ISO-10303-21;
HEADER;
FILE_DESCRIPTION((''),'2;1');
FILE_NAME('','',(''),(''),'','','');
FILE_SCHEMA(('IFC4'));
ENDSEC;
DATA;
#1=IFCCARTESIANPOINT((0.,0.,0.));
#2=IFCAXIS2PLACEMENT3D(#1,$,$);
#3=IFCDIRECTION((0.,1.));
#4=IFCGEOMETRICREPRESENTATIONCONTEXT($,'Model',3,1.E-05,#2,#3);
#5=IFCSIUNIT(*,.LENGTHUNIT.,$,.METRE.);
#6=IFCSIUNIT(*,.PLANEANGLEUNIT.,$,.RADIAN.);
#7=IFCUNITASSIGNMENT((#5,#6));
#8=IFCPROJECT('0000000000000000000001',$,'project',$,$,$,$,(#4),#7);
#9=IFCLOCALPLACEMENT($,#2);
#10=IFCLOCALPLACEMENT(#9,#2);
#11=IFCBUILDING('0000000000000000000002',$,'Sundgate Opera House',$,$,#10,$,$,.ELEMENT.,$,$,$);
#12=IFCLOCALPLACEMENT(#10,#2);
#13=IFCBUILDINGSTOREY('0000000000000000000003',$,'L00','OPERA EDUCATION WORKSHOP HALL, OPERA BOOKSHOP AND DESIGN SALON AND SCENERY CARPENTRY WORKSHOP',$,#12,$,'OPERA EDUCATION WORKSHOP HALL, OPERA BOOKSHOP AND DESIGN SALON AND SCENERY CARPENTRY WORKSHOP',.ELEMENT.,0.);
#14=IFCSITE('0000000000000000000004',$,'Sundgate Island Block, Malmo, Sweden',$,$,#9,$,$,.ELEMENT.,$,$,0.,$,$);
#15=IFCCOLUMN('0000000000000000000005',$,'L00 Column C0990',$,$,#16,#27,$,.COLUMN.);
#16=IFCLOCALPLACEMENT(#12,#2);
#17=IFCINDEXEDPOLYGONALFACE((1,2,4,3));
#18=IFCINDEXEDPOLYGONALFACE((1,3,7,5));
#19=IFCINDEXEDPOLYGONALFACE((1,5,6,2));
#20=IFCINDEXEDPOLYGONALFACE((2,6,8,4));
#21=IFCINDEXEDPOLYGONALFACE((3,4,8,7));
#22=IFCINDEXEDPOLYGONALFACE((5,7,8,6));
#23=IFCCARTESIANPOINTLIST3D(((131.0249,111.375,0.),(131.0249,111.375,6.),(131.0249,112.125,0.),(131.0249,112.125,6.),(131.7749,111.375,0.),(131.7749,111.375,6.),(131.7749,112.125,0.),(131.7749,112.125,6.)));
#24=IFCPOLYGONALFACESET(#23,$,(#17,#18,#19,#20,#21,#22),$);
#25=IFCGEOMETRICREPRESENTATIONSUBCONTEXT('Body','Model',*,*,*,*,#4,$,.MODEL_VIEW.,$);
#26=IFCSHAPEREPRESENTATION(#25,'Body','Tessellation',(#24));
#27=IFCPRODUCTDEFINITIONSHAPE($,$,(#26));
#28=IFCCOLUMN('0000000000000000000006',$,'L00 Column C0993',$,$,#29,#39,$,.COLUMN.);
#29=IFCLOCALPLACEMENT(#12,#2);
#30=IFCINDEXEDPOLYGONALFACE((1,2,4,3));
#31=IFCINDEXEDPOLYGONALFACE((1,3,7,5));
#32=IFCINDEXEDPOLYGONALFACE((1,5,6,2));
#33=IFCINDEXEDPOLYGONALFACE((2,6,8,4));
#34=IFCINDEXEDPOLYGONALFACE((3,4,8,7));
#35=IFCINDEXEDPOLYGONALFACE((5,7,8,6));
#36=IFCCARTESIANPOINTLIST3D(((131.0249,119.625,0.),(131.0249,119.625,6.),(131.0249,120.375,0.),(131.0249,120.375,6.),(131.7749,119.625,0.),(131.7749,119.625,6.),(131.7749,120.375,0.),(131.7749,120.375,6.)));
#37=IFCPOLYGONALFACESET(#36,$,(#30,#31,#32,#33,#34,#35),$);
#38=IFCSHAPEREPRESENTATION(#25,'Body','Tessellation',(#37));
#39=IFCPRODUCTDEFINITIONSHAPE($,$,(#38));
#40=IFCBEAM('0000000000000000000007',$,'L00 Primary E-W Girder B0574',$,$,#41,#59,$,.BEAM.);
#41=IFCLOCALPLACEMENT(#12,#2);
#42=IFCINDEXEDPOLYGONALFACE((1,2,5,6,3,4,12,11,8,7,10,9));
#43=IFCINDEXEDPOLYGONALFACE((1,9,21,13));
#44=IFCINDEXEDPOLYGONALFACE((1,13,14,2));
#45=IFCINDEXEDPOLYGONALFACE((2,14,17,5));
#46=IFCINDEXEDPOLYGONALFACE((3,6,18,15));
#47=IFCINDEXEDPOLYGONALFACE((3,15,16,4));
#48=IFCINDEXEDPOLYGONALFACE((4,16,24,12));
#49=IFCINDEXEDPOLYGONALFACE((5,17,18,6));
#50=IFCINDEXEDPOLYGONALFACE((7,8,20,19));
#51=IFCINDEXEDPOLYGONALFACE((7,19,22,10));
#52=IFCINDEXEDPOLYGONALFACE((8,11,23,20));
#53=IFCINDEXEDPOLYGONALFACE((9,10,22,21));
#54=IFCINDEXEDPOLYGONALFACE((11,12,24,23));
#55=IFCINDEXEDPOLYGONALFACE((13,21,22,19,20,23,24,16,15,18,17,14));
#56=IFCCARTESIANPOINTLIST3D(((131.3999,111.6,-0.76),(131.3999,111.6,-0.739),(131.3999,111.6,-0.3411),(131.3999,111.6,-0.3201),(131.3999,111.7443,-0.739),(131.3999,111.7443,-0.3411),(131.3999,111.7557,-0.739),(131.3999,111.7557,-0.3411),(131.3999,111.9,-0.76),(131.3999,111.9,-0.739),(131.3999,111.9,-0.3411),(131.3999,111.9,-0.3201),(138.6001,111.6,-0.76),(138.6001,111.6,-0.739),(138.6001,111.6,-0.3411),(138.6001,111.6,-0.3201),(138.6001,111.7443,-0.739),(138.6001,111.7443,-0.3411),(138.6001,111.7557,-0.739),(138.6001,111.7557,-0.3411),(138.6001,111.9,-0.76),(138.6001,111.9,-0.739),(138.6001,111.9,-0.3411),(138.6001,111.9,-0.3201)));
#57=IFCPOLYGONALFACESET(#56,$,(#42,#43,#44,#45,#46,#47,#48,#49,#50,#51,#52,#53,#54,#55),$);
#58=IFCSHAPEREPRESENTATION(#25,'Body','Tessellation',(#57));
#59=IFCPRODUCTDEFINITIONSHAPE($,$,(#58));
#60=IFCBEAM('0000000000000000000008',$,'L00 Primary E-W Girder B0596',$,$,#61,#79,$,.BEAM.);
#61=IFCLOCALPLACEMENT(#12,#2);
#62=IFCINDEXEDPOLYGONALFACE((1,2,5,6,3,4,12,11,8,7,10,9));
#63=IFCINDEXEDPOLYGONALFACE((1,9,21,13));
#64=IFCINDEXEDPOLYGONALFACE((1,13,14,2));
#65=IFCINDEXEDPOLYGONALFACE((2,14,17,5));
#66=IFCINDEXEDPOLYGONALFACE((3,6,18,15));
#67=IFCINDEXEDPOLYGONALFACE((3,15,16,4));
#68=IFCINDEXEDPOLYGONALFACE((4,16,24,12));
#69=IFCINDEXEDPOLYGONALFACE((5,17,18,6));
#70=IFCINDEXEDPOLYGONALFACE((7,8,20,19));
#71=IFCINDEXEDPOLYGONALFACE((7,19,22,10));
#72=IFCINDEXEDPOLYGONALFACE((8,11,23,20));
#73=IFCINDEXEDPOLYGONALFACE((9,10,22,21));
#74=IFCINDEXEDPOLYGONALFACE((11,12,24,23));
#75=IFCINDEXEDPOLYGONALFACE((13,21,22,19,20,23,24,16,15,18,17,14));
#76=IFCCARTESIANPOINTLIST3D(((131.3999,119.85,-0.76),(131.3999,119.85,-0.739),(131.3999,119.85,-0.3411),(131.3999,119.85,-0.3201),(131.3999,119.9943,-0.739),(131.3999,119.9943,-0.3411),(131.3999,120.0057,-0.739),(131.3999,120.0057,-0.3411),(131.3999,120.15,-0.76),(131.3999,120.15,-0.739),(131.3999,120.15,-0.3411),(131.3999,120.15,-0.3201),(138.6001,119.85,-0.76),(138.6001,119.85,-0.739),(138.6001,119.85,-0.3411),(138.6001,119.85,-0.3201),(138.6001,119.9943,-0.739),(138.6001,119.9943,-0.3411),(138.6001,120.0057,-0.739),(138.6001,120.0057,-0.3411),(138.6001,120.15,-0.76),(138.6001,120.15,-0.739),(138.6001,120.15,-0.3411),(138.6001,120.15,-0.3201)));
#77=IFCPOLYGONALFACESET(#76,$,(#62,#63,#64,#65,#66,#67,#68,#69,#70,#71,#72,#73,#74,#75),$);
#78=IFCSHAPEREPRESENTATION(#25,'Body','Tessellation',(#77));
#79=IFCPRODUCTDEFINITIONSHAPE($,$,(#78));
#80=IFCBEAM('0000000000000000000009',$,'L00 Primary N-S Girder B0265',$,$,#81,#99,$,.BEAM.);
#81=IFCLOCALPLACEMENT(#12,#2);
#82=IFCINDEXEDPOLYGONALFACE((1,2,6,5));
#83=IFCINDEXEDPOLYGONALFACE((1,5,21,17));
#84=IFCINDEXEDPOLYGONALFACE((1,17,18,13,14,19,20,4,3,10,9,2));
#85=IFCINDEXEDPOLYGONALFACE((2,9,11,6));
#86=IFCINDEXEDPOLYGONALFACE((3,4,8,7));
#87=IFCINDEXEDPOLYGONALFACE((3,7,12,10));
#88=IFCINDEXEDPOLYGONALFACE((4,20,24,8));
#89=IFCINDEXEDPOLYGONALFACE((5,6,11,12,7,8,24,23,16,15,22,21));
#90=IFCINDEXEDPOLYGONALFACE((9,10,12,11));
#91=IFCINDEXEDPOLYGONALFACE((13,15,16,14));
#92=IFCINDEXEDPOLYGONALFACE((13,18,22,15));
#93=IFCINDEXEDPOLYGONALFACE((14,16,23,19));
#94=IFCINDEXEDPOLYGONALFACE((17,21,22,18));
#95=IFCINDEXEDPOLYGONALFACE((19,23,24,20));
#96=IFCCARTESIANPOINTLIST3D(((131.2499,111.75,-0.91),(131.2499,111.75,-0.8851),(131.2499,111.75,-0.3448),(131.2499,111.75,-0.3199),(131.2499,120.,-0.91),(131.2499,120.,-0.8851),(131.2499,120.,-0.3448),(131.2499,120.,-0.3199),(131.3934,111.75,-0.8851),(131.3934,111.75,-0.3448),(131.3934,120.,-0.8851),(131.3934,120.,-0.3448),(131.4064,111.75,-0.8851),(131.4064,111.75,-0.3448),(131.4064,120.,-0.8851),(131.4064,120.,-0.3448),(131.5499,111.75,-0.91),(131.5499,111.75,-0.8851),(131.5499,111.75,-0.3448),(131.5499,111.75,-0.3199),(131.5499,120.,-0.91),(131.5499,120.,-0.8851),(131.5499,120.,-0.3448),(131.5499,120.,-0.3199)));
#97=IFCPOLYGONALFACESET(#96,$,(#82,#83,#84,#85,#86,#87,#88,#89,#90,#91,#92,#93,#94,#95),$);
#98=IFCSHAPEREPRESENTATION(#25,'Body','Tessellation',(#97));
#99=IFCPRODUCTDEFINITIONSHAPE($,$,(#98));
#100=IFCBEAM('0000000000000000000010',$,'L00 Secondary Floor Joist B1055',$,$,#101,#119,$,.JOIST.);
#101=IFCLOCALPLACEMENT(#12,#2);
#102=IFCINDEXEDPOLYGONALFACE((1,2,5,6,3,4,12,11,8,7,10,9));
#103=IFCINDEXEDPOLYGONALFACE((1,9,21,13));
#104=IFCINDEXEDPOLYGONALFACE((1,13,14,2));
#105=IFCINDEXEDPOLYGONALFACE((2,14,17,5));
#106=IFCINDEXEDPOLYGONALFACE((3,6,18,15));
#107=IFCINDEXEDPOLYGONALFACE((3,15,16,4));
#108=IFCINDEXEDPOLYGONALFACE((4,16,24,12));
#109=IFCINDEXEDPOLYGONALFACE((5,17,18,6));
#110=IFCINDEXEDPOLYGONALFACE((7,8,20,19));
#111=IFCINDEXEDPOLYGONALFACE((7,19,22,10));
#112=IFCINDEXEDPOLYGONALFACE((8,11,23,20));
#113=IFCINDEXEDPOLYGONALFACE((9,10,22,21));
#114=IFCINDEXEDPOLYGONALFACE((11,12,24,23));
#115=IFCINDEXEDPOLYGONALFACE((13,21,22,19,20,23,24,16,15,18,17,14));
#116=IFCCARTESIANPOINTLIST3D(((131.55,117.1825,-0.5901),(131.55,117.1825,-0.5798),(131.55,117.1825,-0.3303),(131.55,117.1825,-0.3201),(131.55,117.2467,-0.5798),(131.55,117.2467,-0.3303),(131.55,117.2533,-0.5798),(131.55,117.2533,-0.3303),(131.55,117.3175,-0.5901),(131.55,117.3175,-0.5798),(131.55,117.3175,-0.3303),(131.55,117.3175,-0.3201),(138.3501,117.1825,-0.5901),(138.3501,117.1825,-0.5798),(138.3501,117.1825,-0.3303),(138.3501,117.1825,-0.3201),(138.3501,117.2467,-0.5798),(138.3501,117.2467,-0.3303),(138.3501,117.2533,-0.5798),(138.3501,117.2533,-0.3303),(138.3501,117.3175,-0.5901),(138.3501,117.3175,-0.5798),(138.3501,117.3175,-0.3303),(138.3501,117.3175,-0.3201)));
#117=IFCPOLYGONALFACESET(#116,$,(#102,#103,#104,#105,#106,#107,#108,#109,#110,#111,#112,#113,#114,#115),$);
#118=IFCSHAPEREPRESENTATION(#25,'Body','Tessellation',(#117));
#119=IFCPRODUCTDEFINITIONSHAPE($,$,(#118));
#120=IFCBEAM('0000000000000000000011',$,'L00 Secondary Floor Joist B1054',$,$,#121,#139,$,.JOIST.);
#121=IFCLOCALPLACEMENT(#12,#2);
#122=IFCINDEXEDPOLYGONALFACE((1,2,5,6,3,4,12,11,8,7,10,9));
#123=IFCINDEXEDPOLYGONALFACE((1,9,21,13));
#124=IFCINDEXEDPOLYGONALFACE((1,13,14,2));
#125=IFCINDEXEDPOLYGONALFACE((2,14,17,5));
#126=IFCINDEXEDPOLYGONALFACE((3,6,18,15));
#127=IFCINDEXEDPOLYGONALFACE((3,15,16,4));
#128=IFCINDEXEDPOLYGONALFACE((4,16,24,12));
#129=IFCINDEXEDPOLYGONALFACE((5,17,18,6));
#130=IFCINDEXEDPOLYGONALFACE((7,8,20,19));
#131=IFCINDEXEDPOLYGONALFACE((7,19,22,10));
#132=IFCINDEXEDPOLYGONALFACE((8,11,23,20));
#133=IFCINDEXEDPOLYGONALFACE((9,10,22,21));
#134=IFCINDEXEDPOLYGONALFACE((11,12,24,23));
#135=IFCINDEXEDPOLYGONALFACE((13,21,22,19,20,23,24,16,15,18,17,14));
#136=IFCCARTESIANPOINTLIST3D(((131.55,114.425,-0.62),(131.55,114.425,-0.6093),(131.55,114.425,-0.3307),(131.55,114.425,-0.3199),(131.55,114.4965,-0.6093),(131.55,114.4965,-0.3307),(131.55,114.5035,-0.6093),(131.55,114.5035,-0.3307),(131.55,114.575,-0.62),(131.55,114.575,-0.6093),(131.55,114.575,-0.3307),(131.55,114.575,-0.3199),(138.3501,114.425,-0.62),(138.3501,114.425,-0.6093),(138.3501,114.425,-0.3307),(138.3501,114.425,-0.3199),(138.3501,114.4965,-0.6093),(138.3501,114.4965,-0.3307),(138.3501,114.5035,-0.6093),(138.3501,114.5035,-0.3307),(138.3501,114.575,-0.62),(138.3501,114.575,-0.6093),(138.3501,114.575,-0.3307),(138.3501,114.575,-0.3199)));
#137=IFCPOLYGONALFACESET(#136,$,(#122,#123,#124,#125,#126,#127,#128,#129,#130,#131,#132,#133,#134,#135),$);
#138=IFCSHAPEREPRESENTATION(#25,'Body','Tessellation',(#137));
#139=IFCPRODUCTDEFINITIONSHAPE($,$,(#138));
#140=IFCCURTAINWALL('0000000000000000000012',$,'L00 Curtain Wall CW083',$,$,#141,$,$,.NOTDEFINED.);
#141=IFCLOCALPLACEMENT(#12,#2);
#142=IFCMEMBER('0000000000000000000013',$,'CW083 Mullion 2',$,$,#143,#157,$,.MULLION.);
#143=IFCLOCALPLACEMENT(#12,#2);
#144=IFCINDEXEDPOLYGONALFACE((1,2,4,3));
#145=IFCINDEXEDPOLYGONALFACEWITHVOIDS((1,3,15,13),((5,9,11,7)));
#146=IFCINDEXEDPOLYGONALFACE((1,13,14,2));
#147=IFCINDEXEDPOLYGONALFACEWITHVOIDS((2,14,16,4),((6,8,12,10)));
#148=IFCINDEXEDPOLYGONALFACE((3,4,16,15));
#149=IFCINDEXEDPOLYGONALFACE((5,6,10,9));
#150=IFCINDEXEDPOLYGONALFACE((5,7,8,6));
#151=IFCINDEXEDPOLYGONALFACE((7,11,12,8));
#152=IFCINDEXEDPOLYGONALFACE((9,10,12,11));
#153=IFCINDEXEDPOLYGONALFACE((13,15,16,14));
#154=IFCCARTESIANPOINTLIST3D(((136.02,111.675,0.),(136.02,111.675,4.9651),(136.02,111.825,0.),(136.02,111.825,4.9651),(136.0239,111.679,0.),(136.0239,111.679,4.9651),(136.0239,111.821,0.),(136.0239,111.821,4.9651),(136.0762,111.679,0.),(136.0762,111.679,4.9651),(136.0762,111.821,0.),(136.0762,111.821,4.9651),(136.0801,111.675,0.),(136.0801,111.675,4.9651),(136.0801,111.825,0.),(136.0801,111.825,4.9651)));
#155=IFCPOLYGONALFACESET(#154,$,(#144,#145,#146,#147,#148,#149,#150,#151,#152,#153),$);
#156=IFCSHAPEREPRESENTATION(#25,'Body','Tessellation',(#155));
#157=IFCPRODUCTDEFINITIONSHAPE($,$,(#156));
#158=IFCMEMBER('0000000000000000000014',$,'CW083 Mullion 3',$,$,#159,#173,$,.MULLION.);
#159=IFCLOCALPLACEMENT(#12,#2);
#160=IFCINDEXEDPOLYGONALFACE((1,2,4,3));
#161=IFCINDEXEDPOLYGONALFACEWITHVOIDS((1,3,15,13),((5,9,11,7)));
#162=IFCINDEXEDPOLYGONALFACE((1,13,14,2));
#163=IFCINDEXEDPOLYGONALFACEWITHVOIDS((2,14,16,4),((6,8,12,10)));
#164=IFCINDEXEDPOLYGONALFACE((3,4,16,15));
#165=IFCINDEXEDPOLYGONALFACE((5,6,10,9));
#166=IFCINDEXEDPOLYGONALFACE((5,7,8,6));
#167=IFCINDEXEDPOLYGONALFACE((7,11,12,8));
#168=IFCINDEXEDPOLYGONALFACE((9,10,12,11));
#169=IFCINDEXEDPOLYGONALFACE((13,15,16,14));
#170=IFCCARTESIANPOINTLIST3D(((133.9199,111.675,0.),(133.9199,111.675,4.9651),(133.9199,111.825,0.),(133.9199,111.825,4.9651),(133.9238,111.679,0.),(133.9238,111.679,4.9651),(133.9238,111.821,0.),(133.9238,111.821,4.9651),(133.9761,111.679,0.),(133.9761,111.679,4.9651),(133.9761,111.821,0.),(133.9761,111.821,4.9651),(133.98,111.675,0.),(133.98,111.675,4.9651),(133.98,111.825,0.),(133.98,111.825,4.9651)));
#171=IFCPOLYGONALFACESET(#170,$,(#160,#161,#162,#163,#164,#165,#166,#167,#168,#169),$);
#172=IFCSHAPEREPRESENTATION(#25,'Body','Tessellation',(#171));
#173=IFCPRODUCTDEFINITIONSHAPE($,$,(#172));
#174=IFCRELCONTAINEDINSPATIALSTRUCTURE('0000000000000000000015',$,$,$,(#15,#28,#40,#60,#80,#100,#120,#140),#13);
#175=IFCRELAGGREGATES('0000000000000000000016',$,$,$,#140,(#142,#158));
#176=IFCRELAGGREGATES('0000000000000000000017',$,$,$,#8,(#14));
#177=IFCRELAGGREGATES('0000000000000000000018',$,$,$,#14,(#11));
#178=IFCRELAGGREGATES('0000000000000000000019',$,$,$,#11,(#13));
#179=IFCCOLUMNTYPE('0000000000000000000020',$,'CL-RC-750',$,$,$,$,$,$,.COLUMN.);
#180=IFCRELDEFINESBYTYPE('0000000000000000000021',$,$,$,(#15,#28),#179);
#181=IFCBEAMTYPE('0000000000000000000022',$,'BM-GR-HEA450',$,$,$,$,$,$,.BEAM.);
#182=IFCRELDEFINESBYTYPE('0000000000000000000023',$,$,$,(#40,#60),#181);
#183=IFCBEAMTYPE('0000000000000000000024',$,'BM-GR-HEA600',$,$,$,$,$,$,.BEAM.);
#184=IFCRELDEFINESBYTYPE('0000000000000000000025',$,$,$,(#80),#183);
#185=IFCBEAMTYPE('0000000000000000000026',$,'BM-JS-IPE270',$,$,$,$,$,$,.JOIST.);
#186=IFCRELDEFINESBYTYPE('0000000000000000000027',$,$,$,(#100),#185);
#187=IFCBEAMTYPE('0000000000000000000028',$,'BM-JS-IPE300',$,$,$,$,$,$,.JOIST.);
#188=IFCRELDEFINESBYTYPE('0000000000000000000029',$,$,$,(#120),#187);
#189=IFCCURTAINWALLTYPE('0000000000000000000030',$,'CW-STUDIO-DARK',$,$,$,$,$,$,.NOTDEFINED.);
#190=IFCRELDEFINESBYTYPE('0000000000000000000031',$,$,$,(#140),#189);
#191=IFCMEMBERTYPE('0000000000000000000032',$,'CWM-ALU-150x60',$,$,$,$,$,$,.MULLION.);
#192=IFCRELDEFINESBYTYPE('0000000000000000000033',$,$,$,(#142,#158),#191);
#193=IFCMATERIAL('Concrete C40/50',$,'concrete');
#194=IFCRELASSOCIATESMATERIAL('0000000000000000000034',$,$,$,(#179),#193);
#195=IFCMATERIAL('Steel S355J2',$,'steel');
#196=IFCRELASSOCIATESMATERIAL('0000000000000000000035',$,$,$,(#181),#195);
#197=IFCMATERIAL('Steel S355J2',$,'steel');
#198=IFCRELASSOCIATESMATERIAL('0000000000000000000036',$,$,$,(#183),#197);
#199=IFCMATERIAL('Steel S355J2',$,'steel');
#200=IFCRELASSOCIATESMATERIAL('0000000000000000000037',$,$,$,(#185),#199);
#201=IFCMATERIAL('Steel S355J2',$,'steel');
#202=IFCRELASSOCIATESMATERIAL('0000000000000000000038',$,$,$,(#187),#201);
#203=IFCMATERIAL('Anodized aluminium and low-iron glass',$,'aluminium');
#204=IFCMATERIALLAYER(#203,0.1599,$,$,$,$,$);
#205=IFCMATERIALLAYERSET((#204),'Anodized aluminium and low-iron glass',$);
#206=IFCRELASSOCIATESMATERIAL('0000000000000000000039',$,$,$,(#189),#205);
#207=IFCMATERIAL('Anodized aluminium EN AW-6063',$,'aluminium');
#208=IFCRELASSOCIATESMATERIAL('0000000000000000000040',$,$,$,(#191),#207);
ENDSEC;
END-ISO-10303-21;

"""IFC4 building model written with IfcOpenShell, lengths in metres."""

from ifc_helpers import new_model, si_unit, direction, frame, origin, origin_2d, place, context, subcontext, project, spatial, rectangle, hollow_rectangle, i_section, extrude, material, layer, layer_set, material_profile, profile_set, type_object, element, aggregate, save


model = new_model("IFC4")

# Units and contexts
model_context = context("Model", 3, precision=1e-05, world=origin(), true_north=direction((0.0, 1.0)))
body_context = subcontext(model_context, "Body", "Model", "MODEL_VIEW")
ifc_project = project(units=[si_unit("LENGTHUNIT", "METRE"), si_unit("PLANEANGLEUNIT", "RADIAN")], contexts=[model_context])

# Site, building, storey
site_placement = place(None, origin())
site = spatial("IfcSite", under=ifc_project, at=site_placement, Name="Sundgate Island Block, Malmo, Sweden", CompositionType="ELEMENT", RefElevation=0.0)
building_placement = place(site_placement, origin())
building = spatial("IfcBuilding", under=site, at=building_placement, Name="Sundgate Opera House", CompositionType="ELEMENT")
storey_placement = place(building_placement, origin())
storey = spatial("IfcBuildingStorey", under=building, at=storey_placement, Name="L00", Description="OPERA EDUCATION WORKSHOP HALL, OPERA BOOKSHOP AND DESIGN SALON AND SCENERY CARPENTRY WORKSHOP", LongName="OPERA EDUCATION WORKSHOP HALL, OPERA BOOKSHOP AND DESIGN SALON AND SCENERY CARPENTRY WORKSHOP", CompositionType="ELEMENT", Elevation=0.0)

# Columns
ifc_material_1 = material(Name="Concrete C40/50", Category="concrete")
ifc_material_profile_1 = material_profile(ifc_material_1, rectangle(XDim=0.75, YDim=0.75, at=origin_2d()), Name="RC 750x750")
ifc_profile_set_1 = profile_set([ifc_material_profile_1], Name="Concrete C40/50")
column_type = type_object("IfcColumnType", Name="CL-RC-750", PredefinedType="COLUMN", material=ifc_profile_set_1)
for number, where, z_axis, x_axis, name in (
    (1, (131.3999, 111.75, 0.0), (0.0, 0.0, 1.0), (1.0, 0.0, 0.0), "L00 Column C0990"),
    (2, (131.3999, 120.0, 0.0), (0.0, 0.0, 1.0), (1.0, 0.0, 0.0), "L00 Column C0993"),
):
    element("IfcColumn", number, at=place(storey_placement, frame(where, z_axis=z_axis, x_axis=x_axis)), inside=storey, type_object=column_type, Name=name, PredefinedType="COLUMN", context=body_context, shape_type="SweptSolid", body=[
        extrude(rectangle(XDim=0.75, YDim=0.75, at=origin_2d()), origin(), (0.0, 0.0, 1.0), 6.0),
    ])

# Beams
ifc_material_2 = material(Name="Steel S355J2", Category="steel")
ifc_material_profile_2 = material_profile(ifc_material_2, i_section(OverallWidth=0.3, OverallDepth=0.4399, WebThickness=0.0115, FlangeThickness=0.021, at=origin_2d()), Name="HEA 450")
ifc_profile_set_2 = profile_set([ifc_material_profile_2], Name="Steel S355J2")
beam_type_1 = type_object("IfcBeamType", Name="BM-GR-HEA450", PredefinedType="BEAM", material=ifc_profile_set_2)
for number, where, z_axis, x_axis, name in (
    (3, (131.3999, 111.75, -0.54), (1.0, 0.0, 0.0), (0.0, 1.0, 0.0), "L00 Primary E-W Girder B0574"),
    (4, (131.3999, 120.0, -0.54), (1.0, 0.0, 0.0), (0.0, 1.0, 0.0), "L00 Primary E-W Girder B0596"),
):
    element("IfcBeam", number, at=place(storey_placement, frame(where, z_axis=z_axis, x_axis=x_axis)), inside=storey, type_object=beam_type_1, Name=name, PredefinedType="BEAM", context=body_context, shape_type="SweptSolid", body=[
        extrude(i_section(OverallWidth=0.3, OverallDepth=0.4399, WebThickness=0.0115, FlangeThickness=0.021, at=origin_2d()), origin(), (0.0, 0.0, 1.0), 7.2002),
    ])
ifc_material_3 = material(Name="Steel S355J2", Category="steel")
ifc_material_profile_3 = material_profile(ifc_material_3, i_section(OverallWidth=0.3, OverallDepth=0.5901, WebThickness=0.0129, FlangeThickness=0.0249, at=origin_2d()), Name="HEA 600")
ifc_profile_set_3 = profile_set([ifc_material_profile_3], Name="Steel S355J2")
beam_type_2 = type_object("IfcBeamType", Name="BM-GR-HEA600", PredefinedType="BEAM", material=ifc_profile_set_3)
beam_1_placement = place(storey_placement, frame((131.3999, 111.75, -0.615), z_axis=(0.0, 1.0, 0.0), x_axis=(-1.0, 0.0, 0.0)))
element("IfcBeam", 5, at=beam_1_placement, inside=storey, type_object=beam_type_2, Name="L00 Primary N-S Girder B0265", PredefinedType="BEAM", context=body_context, shape_type="SweptSolid", body=[
    extrude(i_section(OverallWidth=0.3, OverallDepth=0.5901, WebThickness=0.0129, FlangeThickness=0.0249, at=origin_2d()), origin(), (0.0, 0.0, 1.0), 8.25),
])
ifc_material_4 = material(Name="Steel S355J2", Category="steel")
ifc_material_profile_4 = material_profile(ifc_material_4, i_section(OverallWidth=0.135, OverallDepth=0.27, WebThickness=0.0066, FlangeThickness=0.0103, at=origin_2d()), Name="IPE 270")
ifc_profile_set_4 = profile_set([ifc_material_profile_4], Name="Steel S355J2")
beam_type_3 = type_object("IfcBeamType", Name="BM-JS-IPE270", PredefinedType="JOIST", material=ifc_profile_set_4)
beam_2_placement = place(storey_placement, frame((131.55, 117.25, -0.4551), z_axis=(1.0, 0.0, 0.0), x_axis=(0.0, 1.0, 0.0)))
element("IfcBeam", 6, at=beam_2_placement, inside=storey, type_object=beam_type_3, Name="L00 Secondary Floor Joist B1055", PredefinedType="JOIST", context=body_context, shape_type="SweptSolid", body=[
    extrude(i_section(OverallWidth=0.135, OverallDepth=0.27, WebThickness=0.0066, FlangeThickness=0.0103, at=origin_2d()), origin(), (0.0, 0.0, 1.0), 6.8),
])
ifc_material_5 = material(Name="Steel S355J2", Category="steel")
ifc_material_profile_5 = material_profile(ifc_material_5, i_section(OverallWidth=0.1499, OverallDepth=0.3, WebThickness=0.0071, FlangeThickness=0.0107, at=origin_2d()), Name="IPE 300")
ifc_profile_set_5 = profile_set([ifc_material_profile_5], Name="Steel S355J2")
beam_type_4 = type_object("IfcBeamType", Name="BM-JS-IPE300", PredefinedType="JOIST", material=ifc_profile_set_5)
beam_3_placement = place(storey_placement, frame((131.55, 114.5, -0.47), z_axis=(1.0, 0.0, 0.0), x_axis=(0.0, 1.0, 0.0)))
element("IfcBeam", 7, at=beam_3_placement, inside=storey, type_object=beam_type_4, Name="L00 Secondary Floor Joist B1054", PredefinedType="JOIST", context=body_context, shape_type="SweptSolid", body=[
    extrude(i_section(OverallWidth=0.1499, OverallDepth=0.3, WebThickness=0.0071, FlangeThickness=0.0107, at=origin_2d()), origin(), (0.0, 0.0, 1.0), 6.8),
])

# Curtain wall, members
ifc_material_6 = material(Name="Anodized aluminium and low-iron glass", Category="aluminium")
ifc_layer_1 = layer(ifc_material_6, 0.1599)
ifc_layer_set_1 = layer_set([ifc_layer_1], Name="Anodized aluminium and low-iron glass")
curtain_wall_type = type_object("IfcCurtainWallType", Name="CW-STUDIO-DARK", PredefinedType="NOTDEFINED", material=ifc_layer_set_1)
curtain_wall_1_placement = place(storey_placement, origin())
curtain_wall_1 = element("IfcCurtainWall", 8, at=curtain_wall_1_placement, inside=storey, type_object=curtain_wall_type, Name="L00 Curtain Wall CW083", PredefinedType="NOTDEFINED")
ifc_material_7 = material(Name="Anodized aluminium EN AW-6063", Category="aluminium")
ifc_material_profile_6 = material_profile(ifc_material_7, hollow_rectangle(XDim=0.0601, YDim=0.1499, WallThickness=0.0039, at=origin_2d()), Name="CWM 150x60x4")
ifc_profile_set_6 = profile_set([ifc_material_profile_6], Name="Anodized aluminium EN AW-6063")
member_type_1 = type_object("IfcMemberType", Name="CWM-ALU-150x60", PredefinedType="MULLION", material=ifc_profile_set_6)
member_1_placement = place(storey_placement, frame((136.05, 111.75, 0.0), z_axis=(0.0, 0.0, 1.0), x_axis=(1.0, 0.0, 0.0)))
member_1 = element("IfcMember", 9, at=member_1_placement, type_object=member_type_1, Name="CW083 Mullion 2", PredefinedType="MULLION", context=body_context, shape_type="SweptSolid", body=[
    extrude(hollow_rectangle(XDim=0.0601, YDim=0.1499, WallThickness=0.0039, at=origin_2d()), origin(), (0.0, 0.0, 1.0), 4.9651),
])
member_2_placement = place(storey_placement, frame((133.95, 111.75, 0.0), z_axis=(0.0, 0.0, 1.0), x_axis=(1.0, 0.0, 0.0)))
member_2 = element("IfcMember", 10, at=member_2_placement, type_object=member_type_1, Name="CW083 Mullion 3", PredefinedType="MULLION", context=body_context, shape_type="SweptSolid", body=[
    extrude(hollow_rectangle(XDim=0.0601, YDim=0.1499, WallThickness=0.0039, at=origin_2d()), origin(), (0.0, 0.0, 1.0), 4.9651),
])

aggregate(curtain_wall_1, [member_1, member_2])

save(model, "model.ifc")
